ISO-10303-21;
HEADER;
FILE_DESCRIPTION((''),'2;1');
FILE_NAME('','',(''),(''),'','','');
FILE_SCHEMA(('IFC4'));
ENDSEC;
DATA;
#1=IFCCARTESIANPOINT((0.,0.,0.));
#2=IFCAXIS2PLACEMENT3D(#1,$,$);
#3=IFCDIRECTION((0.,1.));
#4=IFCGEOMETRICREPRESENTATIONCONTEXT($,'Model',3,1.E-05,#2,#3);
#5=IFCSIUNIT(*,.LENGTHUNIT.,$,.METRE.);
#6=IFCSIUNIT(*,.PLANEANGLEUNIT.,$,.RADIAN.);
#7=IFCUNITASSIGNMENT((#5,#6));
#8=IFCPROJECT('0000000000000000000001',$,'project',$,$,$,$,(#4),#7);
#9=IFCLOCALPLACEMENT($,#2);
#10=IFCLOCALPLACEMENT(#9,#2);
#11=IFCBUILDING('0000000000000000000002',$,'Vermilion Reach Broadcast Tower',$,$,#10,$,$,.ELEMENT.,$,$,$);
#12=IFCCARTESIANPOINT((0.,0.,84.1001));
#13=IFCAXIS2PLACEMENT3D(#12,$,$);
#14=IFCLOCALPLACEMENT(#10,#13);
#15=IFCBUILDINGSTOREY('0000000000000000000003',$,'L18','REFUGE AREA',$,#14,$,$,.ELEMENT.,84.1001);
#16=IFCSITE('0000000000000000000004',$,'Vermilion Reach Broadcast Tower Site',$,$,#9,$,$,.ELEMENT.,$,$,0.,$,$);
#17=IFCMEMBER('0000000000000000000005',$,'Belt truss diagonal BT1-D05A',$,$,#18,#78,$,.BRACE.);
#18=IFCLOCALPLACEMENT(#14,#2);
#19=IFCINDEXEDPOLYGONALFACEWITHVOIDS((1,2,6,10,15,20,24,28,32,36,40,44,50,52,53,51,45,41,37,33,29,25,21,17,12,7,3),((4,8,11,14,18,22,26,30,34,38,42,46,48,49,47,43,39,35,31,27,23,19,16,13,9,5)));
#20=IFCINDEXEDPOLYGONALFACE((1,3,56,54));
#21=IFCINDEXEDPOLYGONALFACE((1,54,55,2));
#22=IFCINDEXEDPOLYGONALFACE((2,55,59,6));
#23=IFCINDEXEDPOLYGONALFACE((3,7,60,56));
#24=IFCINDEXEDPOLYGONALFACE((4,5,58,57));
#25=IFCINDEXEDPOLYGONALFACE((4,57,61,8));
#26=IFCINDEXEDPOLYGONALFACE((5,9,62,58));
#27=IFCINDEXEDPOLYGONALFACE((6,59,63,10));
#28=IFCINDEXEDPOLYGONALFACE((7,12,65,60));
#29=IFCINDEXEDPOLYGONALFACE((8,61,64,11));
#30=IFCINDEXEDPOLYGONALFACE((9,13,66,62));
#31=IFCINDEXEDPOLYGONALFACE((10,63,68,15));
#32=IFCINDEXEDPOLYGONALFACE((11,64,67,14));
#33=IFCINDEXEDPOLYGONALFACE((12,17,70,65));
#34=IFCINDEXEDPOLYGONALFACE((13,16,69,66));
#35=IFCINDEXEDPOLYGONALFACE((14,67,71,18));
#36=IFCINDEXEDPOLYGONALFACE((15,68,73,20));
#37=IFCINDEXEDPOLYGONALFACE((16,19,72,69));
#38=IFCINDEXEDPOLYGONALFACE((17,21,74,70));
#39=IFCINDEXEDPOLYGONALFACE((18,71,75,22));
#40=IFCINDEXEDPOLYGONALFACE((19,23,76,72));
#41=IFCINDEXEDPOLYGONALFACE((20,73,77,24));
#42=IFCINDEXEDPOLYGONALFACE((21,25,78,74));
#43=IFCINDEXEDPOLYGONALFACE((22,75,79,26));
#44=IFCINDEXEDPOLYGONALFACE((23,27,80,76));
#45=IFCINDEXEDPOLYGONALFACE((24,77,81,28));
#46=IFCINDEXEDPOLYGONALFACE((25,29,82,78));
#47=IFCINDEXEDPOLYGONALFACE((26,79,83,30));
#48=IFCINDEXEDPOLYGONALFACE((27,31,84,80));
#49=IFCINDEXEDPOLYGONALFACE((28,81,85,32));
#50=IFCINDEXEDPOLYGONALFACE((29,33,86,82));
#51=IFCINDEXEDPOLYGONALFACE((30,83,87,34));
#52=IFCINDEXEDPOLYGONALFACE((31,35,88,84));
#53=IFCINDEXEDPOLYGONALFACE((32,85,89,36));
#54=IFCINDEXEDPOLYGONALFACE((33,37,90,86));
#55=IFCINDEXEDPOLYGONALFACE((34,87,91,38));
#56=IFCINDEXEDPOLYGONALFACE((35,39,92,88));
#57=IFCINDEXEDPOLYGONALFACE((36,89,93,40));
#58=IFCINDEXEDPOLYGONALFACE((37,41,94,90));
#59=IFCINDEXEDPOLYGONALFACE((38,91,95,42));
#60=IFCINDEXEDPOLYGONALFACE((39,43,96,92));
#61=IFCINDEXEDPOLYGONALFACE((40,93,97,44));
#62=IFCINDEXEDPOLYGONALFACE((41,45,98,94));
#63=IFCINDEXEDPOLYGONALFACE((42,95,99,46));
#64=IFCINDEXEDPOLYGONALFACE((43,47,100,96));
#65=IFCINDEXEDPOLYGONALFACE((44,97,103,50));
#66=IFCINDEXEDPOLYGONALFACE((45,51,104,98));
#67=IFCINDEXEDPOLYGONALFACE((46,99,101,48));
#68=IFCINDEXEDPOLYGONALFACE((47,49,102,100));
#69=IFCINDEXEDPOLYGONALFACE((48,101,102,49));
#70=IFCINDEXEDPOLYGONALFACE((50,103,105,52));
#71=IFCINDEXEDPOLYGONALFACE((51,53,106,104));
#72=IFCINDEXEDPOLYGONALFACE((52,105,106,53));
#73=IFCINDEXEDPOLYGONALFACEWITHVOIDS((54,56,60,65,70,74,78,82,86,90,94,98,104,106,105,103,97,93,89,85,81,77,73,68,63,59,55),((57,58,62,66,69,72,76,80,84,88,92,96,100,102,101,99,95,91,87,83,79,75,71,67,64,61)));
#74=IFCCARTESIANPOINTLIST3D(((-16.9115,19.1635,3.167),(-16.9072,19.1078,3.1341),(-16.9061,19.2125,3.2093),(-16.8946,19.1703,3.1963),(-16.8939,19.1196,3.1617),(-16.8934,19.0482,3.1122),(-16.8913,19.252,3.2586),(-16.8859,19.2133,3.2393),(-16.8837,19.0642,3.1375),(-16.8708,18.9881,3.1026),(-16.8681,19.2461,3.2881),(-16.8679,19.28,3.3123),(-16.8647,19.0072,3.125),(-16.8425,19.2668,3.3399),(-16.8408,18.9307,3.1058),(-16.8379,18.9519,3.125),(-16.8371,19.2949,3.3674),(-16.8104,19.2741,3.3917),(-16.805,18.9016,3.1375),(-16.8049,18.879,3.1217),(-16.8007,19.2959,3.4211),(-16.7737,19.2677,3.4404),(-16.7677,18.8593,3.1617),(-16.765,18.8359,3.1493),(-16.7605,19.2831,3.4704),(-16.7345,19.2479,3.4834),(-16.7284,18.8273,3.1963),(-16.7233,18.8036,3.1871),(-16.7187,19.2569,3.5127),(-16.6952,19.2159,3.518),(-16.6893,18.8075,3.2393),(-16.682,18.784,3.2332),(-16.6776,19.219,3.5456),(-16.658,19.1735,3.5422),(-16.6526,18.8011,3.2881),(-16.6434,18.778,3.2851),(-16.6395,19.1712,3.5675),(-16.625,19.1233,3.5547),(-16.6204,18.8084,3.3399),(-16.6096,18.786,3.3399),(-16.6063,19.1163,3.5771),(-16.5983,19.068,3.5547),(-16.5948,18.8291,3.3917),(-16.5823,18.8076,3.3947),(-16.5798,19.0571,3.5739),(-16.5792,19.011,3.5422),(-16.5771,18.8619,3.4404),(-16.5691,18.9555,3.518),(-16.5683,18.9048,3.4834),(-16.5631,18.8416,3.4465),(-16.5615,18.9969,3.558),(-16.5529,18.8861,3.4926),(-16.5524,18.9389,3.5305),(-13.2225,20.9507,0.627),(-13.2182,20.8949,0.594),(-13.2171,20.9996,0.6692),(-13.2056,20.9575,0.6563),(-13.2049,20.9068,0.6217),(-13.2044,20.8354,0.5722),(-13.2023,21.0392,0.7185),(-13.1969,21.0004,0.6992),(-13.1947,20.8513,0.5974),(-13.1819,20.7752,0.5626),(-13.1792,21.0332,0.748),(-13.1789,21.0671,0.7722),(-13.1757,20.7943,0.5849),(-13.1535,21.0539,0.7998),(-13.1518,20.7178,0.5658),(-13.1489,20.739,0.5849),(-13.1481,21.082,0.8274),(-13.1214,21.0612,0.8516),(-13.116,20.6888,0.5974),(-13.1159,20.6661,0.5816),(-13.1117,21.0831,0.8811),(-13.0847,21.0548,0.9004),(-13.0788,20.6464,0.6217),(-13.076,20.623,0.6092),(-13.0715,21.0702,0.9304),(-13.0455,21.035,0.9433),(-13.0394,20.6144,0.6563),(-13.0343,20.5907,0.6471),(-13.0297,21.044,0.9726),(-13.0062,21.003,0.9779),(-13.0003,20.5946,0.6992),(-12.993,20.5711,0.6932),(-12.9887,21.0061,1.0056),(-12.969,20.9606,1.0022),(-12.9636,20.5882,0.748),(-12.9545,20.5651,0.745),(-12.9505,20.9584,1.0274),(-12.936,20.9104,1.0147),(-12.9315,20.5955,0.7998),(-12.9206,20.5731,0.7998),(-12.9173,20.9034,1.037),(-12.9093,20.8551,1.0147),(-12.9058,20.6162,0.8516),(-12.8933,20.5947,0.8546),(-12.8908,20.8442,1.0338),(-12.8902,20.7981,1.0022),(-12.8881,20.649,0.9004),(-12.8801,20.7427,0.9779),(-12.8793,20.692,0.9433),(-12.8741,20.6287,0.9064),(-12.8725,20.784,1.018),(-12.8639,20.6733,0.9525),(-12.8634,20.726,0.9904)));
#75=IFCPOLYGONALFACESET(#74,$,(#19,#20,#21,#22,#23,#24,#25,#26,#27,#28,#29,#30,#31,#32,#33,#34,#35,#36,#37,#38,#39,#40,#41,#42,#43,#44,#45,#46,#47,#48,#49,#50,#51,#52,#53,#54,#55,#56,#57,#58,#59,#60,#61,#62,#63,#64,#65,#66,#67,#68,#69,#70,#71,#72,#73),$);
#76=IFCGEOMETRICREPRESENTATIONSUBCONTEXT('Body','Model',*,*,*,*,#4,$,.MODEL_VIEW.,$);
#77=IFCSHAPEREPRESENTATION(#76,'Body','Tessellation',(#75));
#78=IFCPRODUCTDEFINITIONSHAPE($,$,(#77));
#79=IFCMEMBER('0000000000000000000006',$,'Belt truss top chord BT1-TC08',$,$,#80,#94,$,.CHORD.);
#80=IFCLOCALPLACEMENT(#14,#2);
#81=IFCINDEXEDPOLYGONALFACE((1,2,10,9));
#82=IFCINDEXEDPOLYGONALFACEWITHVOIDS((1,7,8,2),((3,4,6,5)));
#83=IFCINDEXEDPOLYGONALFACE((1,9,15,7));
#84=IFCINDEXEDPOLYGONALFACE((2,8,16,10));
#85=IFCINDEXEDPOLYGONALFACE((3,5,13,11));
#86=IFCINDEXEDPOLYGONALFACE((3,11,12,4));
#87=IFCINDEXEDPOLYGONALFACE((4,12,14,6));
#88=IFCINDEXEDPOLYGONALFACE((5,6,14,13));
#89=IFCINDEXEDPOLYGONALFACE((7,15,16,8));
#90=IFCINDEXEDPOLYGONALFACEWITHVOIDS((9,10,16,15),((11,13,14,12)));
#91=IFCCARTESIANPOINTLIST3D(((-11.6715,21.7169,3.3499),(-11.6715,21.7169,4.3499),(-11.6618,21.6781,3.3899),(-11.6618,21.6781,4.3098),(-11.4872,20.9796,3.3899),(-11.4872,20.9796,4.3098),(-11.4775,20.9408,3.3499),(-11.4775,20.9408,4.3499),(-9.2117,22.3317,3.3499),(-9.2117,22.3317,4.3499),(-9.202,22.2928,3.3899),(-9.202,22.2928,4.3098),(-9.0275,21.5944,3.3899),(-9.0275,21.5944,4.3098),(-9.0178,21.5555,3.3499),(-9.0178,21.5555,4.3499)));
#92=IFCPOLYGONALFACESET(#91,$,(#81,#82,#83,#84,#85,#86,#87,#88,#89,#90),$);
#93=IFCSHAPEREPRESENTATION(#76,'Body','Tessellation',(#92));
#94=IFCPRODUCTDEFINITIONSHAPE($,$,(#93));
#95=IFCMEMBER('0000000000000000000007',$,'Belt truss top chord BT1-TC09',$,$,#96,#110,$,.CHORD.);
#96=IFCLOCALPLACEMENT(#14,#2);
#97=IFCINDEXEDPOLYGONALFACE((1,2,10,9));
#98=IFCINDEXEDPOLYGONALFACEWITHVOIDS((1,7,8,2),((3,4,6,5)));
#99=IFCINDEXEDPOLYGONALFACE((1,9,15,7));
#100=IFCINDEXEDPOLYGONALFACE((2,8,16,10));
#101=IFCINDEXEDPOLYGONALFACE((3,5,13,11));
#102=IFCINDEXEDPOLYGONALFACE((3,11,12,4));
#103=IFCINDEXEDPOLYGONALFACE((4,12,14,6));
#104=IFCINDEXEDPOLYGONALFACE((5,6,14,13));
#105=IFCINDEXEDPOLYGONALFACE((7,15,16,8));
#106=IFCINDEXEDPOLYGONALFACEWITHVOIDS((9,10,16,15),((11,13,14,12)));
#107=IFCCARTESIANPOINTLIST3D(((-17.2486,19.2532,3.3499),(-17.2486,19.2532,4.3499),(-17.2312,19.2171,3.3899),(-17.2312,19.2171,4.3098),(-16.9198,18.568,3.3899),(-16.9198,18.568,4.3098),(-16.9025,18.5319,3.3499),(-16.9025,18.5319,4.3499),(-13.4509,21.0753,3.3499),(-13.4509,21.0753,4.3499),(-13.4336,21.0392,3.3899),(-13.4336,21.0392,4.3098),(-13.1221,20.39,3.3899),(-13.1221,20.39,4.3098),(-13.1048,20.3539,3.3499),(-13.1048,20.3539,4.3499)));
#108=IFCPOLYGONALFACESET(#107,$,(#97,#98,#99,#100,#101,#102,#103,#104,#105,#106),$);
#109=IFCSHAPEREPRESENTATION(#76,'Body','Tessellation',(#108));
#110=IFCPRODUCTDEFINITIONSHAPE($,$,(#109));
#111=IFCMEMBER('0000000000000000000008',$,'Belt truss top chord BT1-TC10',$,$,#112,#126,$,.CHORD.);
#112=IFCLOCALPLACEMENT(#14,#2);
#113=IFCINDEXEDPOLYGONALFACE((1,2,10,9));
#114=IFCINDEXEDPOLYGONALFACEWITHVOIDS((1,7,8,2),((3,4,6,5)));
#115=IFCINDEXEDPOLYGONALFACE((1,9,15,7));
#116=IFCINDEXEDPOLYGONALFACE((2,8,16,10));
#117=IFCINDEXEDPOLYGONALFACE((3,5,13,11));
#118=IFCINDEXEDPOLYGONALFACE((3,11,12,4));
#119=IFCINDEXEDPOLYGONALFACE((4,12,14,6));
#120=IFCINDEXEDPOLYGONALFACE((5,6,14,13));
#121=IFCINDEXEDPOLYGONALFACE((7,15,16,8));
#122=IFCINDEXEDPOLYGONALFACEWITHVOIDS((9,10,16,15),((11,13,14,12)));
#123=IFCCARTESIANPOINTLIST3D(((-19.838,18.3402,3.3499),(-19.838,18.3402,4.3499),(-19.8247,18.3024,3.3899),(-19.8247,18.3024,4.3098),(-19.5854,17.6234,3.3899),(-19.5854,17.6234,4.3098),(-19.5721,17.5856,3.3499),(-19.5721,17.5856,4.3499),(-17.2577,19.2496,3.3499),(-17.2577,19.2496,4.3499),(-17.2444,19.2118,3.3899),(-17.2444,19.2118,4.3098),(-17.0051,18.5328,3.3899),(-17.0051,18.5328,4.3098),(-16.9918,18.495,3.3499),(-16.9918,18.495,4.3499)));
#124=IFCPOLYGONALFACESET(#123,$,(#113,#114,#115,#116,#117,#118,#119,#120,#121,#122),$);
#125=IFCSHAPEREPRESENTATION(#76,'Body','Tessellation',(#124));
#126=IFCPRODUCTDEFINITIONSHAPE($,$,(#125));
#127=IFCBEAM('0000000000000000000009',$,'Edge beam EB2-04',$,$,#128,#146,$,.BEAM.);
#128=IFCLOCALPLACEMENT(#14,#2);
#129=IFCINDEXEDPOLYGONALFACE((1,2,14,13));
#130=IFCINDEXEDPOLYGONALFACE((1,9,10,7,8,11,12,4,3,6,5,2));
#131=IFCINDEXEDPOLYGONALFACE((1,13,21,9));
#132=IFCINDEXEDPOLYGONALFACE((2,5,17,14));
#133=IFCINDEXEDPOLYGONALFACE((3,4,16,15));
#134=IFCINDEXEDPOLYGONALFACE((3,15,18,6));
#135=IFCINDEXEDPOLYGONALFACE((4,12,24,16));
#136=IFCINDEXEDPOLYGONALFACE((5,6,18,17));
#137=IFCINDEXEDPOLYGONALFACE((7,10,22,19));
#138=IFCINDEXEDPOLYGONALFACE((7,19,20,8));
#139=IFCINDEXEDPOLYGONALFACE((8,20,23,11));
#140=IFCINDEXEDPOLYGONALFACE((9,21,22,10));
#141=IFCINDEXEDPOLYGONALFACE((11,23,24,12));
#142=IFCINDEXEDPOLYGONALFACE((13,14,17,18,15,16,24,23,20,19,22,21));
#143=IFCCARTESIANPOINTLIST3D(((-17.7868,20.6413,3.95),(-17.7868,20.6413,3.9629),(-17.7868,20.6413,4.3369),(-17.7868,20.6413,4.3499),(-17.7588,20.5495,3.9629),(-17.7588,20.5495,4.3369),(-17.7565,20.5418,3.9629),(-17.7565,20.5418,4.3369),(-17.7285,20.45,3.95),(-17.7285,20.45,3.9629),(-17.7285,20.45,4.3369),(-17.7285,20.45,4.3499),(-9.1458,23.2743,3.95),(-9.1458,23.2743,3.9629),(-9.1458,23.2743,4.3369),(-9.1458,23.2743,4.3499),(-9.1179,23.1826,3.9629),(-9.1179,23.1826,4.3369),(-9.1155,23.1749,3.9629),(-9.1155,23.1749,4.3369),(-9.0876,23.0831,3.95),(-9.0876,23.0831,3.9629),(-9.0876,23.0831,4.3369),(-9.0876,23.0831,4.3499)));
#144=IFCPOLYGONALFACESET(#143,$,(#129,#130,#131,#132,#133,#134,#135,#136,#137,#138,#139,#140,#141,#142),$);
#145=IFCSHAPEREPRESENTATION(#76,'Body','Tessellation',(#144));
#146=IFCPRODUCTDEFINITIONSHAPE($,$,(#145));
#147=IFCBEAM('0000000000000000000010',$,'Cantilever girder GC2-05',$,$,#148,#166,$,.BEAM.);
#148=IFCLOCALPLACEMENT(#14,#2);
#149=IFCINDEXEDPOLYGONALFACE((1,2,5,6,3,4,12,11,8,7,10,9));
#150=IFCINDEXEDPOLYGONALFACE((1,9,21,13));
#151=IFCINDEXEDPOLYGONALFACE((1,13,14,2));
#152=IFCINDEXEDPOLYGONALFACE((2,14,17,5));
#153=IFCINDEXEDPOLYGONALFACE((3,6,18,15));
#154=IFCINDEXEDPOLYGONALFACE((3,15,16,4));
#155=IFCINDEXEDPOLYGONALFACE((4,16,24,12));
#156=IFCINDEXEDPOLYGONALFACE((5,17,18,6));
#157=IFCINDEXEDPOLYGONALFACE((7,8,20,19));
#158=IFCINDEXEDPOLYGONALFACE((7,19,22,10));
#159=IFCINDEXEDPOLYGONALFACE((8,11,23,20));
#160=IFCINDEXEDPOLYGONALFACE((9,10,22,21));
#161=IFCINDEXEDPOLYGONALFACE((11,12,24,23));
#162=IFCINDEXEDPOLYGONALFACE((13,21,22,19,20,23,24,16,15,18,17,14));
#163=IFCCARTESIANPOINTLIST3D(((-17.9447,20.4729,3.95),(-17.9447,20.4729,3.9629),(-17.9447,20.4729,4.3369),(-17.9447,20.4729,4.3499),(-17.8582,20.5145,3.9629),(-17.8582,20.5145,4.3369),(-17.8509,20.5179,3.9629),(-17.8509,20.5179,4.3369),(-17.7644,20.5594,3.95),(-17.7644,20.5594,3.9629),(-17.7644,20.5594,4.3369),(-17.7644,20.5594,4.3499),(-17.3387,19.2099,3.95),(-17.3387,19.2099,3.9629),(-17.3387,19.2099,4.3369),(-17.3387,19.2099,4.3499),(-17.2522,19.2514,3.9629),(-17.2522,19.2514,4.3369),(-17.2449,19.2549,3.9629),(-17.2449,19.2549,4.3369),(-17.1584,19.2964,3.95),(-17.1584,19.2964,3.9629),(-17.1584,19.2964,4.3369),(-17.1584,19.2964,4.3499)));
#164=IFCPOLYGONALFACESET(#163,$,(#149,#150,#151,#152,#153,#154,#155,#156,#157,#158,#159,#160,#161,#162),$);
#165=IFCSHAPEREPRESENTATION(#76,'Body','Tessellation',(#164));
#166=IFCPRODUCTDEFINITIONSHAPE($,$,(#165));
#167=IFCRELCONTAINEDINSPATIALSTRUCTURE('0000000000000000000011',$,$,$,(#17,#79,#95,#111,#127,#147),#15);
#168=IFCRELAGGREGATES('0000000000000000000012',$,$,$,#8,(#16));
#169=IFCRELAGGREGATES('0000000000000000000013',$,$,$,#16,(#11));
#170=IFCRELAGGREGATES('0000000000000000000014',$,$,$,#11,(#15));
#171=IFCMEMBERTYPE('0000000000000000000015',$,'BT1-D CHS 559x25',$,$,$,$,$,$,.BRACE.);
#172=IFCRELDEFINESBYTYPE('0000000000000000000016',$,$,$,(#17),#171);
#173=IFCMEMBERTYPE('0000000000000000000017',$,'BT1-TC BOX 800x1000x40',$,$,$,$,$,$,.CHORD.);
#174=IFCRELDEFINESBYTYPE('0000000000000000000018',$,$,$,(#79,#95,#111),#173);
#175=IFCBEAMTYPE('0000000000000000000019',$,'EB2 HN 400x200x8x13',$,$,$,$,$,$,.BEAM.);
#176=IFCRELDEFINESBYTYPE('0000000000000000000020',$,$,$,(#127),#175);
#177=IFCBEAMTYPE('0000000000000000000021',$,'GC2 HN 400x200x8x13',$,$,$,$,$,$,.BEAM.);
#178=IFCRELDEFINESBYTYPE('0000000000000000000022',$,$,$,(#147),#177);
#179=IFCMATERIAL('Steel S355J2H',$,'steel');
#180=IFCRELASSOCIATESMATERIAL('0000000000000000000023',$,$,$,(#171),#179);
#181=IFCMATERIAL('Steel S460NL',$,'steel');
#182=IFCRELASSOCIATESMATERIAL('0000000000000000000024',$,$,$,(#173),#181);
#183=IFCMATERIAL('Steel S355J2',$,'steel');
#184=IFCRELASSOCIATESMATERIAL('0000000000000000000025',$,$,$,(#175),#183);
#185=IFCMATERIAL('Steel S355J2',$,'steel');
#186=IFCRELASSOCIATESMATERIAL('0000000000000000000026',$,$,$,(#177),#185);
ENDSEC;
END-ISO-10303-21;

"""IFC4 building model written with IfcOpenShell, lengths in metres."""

from ifc_helpers import new_model, si_unit, direction, frame, origin, origin_2d, place, context, subcontext, project, spatial, hollow_rectangle, hollow_circle, i_section, extrude, material, material_profile, profile_set, type_object, element, save


model = new_model("IFC4")

# Units and contexts
model_context = context("Model", 3, precision=1e-05, world=origin(), true_north=direction((0.0, 1.0)))
body_context = subcontext(model_context, "Body", "Model", "MODEL_VIEW")
ifc_project = project(units=[si_unit("LENGTHUNIT", "METRE"), si_unit("PLANEANGLEUNIT", "RADIAN")], contexts=[model_context])

# Site, building, storey
site_placement = place(None, origin())
site = spatial("IfcSite", under=ifc_project, at=site_placement, Name="Vermilion Reach Broadcast Tower Site", CompositionType="ELEMENT", RefElevation=0.0)
building_placement = place(site_placement, origin())
building = spatial("IfcBuilding", under=site, at=building_placement, Name="Vermilion Reach Broadcast Tower", CompositionType="ELEMENT")
storey_placement = place(building_placement, frame((0.0, 0.0, 84.1001)))
storey = spatial("IfcBuildingStorey", under=building, at=storey_placement, Name="L18", Description="REFUGE AREA", CompositionType="ELEMENT", Elevation=84.1001)

# Members
ifc_material_1 = material(Name="Steel S355J2H", Category="steel")
ifc_material_profile_1 = material_profile(ifc_material_1, hollow_circle(Radius=0.2795, WallThickness=0.0249, at=origin_2d()), Name="S355J2H CHS 559x25")
ifc_profile_set_1 = profile_set([ifc_material_profile_1], Name="Steel S355J2H")
member_type_1 = type_object("IfcMemberType", Name="BT1-D CHS 559x25", PredefinedType="BRACE", material=ifc_profile_set_1)
member_1_placement = place(storey_placement, frame((-13.0425, 20.8247, 0.7998), z_axis=(-0.76499, -0.370597, 0.526734), x_axis=(0.435981, -0.899956, 0.0)))
element("IfcMember", 1, at=member_1_placement, inside=storey, type_object=member_type_1, Name="Belt truss diagonal BT1-D05A", PredefinedType="BRACE", context=body_context, shape_type="SweptSolid", body=[
    extrude(hollow_circle(Radius=0.2795, WallThickness=0.0249, at=origin_2d()), origin(), (0.0, 0.0, 1.0), 4.8223),
])
ifc_material_2 = material(Name="Steel S460NL", Category="steel")
ifc_material_profile_2 = material_profile(ifc_material_2, hollow_rectangle(XDim=0.8, YDim=1.0, WallThickness=0.04, at=origin_2d()), Name="S460NL BOX 800x1000x40")
ifc_profile_set_2 = profile_set([ifc_material_profile_2], Name="Steel S460NL")
member_type_2 = type_object("IfcMemberType", Name="BT1-TC BOX 800x1000x40", PredefinedType="CHORD", material=ifc_profile_set_2)
member_2_placement = place(storey_placement, frame((-9.1147, 21.9436, 3.8499), z_axis=(-0.970159, -0.242468, 0.0), x_axis=(0.242468, -0.970159, 0.0)))
element("IfcMember", 2, at=member_2_placement, inside=storey, type_object=member_type_2, Name="Belt truss top chord BT1-TC08", PredefinedType="CHORD", context=body_context, shape_type="SweptSolid", body=[
    extrude(hollow_rectangle(XDim=0.8, YDim=1.0, WallThickness=0.04, at=origin_2d()), origin(), (0.0, 0.0, 1.0), 2.5354),
])
member_3_placement = place(storey_placement, frame((-13.2778, 20.7146, 3.8499), z_axis=(-0.9016, -0.432571, 0.0), x_axis=(0.432571, -0.9016, 0.0)))
element("IfcMember", 3, at=member_3_placement, inside=storey, type_object=member_type_2, Name="Belt truss top chord BT1-TC09", PredefinedType="CHORD", context=body_context, shape_type="SweptSolid", body=[
    extrude(hollow_rectangle(XDim=0.8, YDim=1.0, WallThickness=0.04, at=origin_2d()), origin(), (0.0, 0.0, 1.0), 4.2122),
])
member_4_placement = place(storey_placement, frame((-17.1248, 18.8723, 3.8499), z_axis=(-0.943137, -0.332405, 0.0), x_axis=(0.332405, -0.943137, 0.0)))
element("IfcMember", 4, at=member_4_placement, inside=storey, type_object=member_type_2, Name="Belt truss top chord BT1-TC10", PredefinedType="CHORD", context=body_context, shape_type="SweptSolid", body=[
    extrude(hollow_rectangle(XDim=0.8, YDim=1.0, WallThickness=0.04, at=origin_2d()), origin(), (0.0, 0.0, 1.0), 2.7358),
])

# Beams
ifc_material_3 = material(Name="Steel S355J2", Category="steel")
ifc_material_profile_3 = material_profile(ifc_material_3, i_section(OverallWidth=0.2, OverallDepth=0.3999, WebThickness=0.0081, FlangeThickness=0.0129, at=origin_2d()), Name="S355J2 HN 400x200x8x13")
ifc_profile_set_3 = profile_set([ifc_material_profile_3], Name="Steel S355J2")
beam_type_1 = type_object("IfcBeamType", Name="EB2 HN 400x200x8x13", PredefinedType="BEAM", material=ifc_profile_set_3)
beam_1_placement = place(storey_placement, frame((-9.1167, 23.1787, 4.1499), z_axis=(-0.956574, -0.291489, 0.0), x_axis=(0.291489, -0.956574, 0.0)))
element("IfcBeam", 5, at=beam_1_placement, inside=storey, type_object=beam_type_1, Name="Edge beam EB2-04", PredefinedType="BEAM", context=body_context, shape_type="SweptSolid", body=[
    extrude(i_section(OverallWidth=0.2, OverallDepth=0.3999, WebThickness=0.0081, FlangeThickness=0.0129, at=origin_2d()), origin(), (0.0, 0.0, 1.0), 9.0332),
])
ifc_material_4 = material(Name="Steel S355J2", Category="steel")
ifc_material_profile_4 = material_profile(ifc_material_4, i_section(OverallWidth=0.2, OverallDepth=0.3999, WebThickness=0.0081, FlangeThickness=0.0129, at=origin_2d()), Name="S355J2 HN 400x200x8x13")
ifc_profile_set_4 = profile_set([ifc_material_profile_4], Name="Steel S355J2")
beam_type_2 = type_object("IfcBeamType", Name="GC2 HN 400x200x8x13", PredefinedType="BEAM", material=ifc_profile_set_4)
beam_2_placement = place(storey_placement, frame((-17.2485, 19.2532, 4.1499), z_axis=(-0.432584, 0.901594, 0.0), x_axis=(-0.901594, -0.432584, 0.0)))
element("IfcBeam", 6, at=beam_2_placement, inside=storey, type_object=beam_type_2, Name="Cantilever girder GC2-05", PredefinedType="BEAM", context=body_context, shape_type="SweptSolid", body=[
    extrude(i_section(OverallWidth=0.2, OverallDepth=0.3999, WebThickness=0.0081, FlangeThickness=0.0129, at=origin_2d()), origin(), (0.0, 0.0, 1.0), 1.4009),
])

save(model, "model.ifc")
